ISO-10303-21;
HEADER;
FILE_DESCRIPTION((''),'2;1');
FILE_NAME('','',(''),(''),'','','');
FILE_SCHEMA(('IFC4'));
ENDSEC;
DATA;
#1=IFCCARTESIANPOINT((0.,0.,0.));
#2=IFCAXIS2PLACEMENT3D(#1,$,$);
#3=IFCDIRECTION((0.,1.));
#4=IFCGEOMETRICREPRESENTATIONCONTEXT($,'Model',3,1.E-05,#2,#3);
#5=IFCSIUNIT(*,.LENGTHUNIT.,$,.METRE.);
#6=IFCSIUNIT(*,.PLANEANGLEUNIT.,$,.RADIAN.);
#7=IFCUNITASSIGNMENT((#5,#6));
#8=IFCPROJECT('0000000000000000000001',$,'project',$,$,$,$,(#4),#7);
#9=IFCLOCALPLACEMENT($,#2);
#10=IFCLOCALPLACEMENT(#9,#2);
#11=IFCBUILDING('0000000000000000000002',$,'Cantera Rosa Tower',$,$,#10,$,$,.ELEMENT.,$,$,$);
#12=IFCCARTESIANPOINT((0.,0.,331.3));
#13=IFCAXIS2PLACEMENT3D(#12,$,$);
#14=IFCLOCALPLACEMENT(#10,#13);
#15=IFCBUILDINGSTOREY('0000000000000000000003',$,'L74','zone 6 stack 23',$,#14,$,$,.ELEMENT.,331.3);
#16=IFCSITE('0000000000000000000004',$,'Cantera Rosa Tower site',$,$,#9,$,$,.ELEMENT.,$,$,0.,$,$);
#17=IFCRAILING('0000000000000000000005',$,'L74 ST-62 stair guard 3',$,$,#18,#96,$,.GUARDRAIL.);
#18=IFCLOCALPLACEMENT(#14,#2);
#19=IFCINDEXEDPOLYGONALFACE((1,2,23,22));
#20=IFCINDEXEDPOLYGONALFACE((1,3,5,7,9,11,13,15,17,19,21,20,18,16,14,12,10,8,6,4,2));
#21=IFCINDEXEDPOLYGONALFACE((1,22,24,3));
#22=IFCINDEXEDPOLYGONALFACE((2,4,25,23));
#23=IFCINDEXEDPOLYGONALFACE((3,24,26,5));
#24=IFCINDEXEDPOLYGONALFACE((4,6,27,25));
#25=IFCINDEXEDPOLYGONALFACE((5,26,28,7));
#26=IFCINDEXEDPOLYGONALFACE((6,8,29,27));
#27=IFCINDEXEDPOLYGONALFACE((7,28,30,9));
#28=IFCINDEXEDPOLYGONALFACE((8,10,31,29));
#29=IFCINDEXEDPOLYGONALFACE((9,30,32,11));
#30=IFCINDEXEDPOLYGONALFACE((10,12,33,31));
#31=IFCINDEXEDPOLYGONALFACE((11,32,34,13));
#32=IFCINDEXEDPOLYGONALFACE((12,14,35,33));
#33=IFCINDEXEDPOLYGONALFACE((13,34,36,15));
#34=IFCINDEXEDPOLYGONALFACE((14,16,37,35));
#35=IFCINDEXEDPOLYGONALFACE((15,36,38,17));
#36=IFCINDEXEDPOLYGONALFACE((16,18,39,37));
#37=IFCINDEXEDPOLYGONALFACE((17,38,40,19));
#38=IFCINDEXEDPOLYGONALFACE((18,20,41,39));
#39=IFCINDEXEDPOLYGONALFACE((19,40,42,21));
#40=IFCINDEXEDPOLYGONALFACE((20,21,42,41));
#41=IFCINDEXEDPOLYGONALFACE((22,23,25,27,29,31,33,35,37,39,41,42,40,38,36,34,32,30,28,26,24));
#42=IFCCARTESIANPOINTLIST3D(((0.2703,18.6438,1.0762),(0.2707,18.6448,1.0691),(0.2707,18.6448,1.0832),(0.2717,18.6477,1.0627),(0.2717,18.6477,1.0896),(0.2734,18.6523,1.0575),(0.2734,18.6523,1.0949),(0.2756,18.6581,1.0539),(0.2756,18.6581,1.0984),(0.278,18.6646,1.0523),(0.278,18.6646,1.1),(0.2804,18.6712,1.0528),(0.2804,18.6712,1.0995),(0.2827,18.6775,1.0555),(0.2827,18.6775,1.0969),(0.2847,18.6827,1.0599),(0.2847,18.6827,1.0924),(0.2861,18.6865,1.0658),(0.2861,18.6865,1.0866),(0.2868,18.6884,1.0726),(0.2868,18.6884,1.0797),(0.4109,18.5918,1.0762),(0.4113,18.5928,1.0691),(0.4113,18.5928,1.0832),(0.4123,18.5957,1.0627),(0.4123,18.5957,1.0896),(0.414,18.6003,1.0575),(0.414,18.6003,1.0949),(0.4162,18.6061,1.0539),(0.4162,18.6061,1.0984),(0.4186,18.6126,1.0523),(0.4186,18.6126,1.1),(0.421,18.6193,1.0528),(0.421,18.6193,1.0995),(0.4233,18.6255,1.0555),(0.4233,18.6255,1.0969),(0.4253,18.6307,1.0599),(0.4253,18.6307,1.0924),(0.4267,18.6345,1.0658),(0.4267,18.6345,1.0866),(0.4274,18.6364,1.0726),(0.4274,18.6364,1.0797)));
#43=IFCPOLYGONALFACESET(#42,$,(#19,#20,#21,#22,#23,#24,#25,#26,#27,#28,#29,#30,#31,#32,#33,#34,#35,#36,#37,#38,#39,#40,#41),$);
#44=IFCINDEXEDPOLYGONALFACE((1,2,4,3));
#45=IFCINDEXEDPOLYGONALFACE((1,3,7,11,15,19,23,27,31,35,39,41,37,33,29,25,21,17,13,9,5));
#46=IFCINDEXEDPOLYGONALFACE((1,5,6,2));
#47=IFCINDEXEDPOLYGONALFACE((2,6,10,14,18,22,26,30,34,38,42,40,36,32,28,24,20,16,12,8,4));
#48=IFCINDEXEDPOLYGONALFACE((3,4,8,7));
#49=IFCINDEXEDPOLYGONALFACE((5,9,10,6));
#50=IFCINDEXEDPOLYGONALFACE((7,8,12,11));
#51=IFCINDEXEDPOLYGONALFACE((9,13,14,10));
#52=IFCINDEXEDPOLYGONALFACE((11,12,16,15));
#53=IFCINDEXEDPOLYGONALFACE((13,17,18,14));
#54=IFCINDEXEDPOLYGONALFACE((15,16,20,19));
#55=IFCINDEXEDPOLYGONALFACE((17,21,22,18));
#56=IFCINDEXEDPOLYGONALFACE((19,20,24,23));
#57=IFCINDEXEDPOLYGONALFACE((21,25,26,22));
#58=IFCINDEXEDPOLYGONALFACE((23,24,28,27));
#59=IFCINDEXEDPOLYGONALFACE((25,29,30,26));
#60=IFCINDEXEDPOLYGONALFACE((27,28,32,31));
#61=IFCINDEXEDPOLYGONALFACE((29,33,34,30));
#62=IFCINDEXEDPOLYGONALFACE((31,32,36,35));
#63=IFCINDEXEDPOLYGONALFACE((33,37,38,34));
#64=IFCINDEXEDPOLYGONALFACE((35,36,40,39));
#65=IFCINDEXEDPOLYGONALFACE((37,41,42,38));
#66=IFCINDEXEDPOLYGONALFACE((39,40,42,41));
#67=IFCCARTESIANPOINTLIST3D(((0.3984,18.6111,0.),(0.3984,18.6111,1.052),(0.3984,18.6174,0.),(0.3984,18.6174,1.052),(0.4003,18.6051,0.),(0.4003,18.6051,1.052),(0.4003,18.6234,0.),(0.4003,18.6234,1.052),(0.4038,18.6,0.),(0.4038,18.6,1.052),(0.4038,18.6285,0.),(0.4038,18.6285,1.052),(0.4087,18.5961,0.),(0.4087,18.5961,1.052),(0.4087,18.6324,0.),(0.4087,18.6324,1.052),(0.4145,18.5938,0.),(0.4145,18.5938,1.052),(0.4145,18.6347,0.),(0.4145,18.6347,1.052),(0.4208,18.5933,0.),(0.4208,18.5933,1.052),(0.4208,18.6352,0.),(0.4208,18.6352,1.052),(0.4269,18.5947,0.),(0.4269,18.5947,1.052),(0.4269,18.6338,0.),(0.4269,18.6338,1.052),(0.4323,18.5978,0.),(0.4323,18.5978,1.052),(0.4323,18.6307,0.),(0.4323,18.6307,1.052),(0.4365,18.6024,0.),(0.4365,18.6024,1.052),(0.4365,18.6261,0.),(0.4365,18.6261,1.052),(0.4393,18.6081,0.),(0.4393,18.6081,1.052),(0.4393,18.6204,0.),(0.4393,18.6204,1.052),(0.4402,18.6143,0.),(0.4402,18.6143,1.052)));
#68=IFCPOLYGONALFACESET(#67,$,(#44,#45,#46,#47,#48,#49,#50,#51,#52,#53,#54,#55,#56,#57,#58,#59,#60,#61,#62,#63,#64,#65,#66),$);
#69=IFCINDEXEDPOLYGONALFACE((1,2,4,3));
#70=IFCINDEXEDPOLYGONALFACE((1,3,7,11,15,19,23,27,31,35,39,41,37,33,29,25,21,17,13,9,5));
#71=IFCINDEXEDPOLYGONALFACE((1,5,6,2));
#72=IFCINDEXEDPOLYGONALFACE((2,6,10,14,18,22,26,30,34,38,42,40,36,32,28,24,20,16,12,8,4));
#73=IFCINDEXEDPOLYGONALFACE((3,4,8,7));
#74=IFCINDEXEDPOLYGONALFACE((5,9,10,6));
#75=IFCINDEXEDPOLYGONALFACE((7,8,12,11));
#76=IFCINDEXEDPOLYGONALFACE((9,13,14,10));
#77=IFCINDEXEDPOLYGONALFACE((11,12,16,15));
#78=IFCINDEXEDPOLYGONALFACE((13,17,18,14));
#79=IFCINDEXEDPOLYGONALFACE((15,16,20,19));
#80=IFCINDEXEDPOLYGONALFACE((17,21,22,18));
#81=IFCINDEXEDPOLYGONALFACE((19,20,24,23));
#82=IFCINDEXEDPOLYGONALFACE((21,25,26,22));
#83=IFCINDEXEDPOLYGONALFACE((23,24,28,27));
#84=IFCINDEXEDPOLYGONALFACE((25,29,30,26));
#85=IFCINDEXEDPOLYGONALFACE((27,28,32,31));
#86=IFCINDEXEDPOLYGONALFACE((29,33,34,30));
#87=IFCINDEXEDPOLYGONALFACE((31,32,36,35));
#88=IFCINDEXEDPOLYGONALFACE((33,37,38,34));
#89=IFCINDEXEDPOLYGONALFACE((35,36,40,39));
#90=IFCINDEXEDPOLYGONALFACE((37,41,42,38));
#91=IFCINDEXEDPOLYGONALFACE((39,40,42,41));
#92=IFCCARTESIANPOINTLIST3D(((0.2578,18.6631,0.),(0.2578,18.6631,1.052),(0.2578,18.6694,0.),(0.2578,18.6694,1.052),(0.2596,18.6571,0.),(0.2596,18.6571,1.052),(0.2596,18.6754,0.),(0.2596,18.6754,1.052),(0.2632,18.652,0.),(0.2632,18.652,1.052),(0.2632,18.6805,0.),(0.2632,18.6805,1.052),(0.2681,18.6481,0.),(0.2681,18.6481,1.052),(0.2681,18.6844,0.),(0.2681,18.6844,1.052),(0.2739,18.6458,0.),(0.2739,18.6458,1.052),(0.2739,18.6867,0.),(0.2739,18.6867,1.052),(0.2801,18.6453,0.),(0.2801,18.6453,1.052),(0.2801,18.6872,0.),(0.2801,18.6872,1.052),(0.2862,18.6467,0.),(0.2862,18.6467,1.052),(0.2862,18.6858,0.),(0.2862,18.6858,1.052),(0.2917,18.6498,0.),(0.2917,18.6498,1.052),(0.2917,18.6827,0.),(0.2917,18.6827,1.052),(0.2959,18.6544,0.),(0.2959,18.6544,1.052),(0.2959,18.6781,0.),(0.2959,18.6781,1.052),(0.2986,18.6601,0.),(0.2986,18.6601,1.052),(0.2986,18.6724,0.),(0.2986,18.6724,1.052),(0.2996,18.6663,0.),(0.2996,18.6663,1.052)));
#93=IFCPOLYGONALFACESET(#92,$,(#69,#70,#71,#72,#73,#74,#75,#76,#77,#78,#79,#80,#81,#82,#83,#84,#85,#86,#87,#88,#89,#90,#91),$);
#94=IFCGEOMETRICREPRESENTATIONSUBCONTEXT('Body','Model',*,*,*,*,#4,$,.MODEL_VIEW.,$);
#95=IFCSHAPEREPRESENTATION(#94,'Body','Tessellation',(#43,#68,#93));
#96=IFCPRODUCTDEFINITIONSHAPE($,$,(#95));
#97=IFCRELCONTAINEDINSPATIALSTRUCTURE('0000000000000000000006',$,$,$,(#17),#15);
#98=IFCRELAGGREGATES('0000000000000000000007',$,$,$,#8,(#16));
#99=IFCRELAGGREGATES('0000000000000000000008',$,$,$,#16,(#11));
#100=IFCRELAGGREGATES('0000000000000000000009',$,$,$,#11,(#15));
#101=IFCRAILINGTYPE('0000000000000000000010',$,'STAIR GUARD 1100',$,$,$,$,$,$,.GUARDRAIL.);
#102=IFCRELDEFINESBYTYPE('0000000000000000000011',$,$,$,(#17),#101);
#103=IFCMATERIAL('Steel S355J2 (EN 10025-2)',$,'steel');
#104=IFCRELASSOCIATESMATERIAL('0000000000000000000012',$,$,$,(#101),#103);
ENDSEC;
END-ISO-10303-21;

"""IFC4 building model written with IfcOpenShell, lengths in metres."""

from ifc_helpers import new_model, si_unit, direction, frame, origin, origin_2d, place, context, subcontext, project, spatial, circle, extrude, material, type_object, element, save


model = new_model("IFC4")

# Units and contexts
model_context = context("Model", 3, precision=1e-05, world=origin(), true_north=direction((0.0, 1.0)))
body_context = subcontext(model_context, "Body", "Model", "MODEL_VIEW")
ifc_project = project(units=[si_unit("LENGTHUNIT", "METRE"), si_unit("PLANEANGLEUNIT", "RADIAN")], contexts=[model_context])

# Site, building, storey
site_placement = place(None, origin())
site = spatial("IfcSite", under=ifc_project, at=site_placement, Name="Cantera Rosa Tower site", CompositionType="ELEMENT", RefElevation=0.0)
building_placement = place(site_placement, origin())
building = spatial("IfcBuilding", under=site, at=building_placement, Name="Cantera Rosa Tower", CompositionType="ELEMENT")
storey_placement = place(building_placement, frame((0.0, 0.0, 331.3)))
storey = spatial("IfcBuildingStorey", under=building, at=storey_placement, Name="L74", Description="zone 6 stack 23", CompositionType="ELEMENT", Elevation=331.3)

# Railing
ifc_material_1 = material(Name="Steel S355J2 (EN 10025-2)", Category="steel")
railing_type_1 = type_object("IfcRailingType", Name="STAIR GUARD 1100", PredefinedType="GUARDRAIL", material=ifc_material_1)
railing_1_placement = place(storey_placement, frame((0.4192, 18.6143, 0.0)))
element("IfcRailing", 1, at=railing_1_placement, inside=storey, type_object=railing_type_1, Name="L74 ST-62 stair guard 3", PredefinedType="GUARDRAIL", context=body_context, shape_type="SweptSolid", body=[
    extrude(circle(Radius=0.0239, at=origin_2d()), frame((0.0, 0.0, 1.0762), z_axis=(-0.937925, 0.346837, 0.0), x_axis=(-0.346837, -0.937925, 0.0)), (0.0, 0.0, 1.0), 0.1499),
    extrude(circle(Radius=0.021, at=origin_2d()), origin(), (0.0, 0.0, 1.0), 1.052),
    extrude(circle(Radius=0.021, at=origin_2d()), frame((-0.1406, 0.052, 0.0)), (0.0, 0.0, 1.0), 1.052),
])

save(model, "model.ifc")
